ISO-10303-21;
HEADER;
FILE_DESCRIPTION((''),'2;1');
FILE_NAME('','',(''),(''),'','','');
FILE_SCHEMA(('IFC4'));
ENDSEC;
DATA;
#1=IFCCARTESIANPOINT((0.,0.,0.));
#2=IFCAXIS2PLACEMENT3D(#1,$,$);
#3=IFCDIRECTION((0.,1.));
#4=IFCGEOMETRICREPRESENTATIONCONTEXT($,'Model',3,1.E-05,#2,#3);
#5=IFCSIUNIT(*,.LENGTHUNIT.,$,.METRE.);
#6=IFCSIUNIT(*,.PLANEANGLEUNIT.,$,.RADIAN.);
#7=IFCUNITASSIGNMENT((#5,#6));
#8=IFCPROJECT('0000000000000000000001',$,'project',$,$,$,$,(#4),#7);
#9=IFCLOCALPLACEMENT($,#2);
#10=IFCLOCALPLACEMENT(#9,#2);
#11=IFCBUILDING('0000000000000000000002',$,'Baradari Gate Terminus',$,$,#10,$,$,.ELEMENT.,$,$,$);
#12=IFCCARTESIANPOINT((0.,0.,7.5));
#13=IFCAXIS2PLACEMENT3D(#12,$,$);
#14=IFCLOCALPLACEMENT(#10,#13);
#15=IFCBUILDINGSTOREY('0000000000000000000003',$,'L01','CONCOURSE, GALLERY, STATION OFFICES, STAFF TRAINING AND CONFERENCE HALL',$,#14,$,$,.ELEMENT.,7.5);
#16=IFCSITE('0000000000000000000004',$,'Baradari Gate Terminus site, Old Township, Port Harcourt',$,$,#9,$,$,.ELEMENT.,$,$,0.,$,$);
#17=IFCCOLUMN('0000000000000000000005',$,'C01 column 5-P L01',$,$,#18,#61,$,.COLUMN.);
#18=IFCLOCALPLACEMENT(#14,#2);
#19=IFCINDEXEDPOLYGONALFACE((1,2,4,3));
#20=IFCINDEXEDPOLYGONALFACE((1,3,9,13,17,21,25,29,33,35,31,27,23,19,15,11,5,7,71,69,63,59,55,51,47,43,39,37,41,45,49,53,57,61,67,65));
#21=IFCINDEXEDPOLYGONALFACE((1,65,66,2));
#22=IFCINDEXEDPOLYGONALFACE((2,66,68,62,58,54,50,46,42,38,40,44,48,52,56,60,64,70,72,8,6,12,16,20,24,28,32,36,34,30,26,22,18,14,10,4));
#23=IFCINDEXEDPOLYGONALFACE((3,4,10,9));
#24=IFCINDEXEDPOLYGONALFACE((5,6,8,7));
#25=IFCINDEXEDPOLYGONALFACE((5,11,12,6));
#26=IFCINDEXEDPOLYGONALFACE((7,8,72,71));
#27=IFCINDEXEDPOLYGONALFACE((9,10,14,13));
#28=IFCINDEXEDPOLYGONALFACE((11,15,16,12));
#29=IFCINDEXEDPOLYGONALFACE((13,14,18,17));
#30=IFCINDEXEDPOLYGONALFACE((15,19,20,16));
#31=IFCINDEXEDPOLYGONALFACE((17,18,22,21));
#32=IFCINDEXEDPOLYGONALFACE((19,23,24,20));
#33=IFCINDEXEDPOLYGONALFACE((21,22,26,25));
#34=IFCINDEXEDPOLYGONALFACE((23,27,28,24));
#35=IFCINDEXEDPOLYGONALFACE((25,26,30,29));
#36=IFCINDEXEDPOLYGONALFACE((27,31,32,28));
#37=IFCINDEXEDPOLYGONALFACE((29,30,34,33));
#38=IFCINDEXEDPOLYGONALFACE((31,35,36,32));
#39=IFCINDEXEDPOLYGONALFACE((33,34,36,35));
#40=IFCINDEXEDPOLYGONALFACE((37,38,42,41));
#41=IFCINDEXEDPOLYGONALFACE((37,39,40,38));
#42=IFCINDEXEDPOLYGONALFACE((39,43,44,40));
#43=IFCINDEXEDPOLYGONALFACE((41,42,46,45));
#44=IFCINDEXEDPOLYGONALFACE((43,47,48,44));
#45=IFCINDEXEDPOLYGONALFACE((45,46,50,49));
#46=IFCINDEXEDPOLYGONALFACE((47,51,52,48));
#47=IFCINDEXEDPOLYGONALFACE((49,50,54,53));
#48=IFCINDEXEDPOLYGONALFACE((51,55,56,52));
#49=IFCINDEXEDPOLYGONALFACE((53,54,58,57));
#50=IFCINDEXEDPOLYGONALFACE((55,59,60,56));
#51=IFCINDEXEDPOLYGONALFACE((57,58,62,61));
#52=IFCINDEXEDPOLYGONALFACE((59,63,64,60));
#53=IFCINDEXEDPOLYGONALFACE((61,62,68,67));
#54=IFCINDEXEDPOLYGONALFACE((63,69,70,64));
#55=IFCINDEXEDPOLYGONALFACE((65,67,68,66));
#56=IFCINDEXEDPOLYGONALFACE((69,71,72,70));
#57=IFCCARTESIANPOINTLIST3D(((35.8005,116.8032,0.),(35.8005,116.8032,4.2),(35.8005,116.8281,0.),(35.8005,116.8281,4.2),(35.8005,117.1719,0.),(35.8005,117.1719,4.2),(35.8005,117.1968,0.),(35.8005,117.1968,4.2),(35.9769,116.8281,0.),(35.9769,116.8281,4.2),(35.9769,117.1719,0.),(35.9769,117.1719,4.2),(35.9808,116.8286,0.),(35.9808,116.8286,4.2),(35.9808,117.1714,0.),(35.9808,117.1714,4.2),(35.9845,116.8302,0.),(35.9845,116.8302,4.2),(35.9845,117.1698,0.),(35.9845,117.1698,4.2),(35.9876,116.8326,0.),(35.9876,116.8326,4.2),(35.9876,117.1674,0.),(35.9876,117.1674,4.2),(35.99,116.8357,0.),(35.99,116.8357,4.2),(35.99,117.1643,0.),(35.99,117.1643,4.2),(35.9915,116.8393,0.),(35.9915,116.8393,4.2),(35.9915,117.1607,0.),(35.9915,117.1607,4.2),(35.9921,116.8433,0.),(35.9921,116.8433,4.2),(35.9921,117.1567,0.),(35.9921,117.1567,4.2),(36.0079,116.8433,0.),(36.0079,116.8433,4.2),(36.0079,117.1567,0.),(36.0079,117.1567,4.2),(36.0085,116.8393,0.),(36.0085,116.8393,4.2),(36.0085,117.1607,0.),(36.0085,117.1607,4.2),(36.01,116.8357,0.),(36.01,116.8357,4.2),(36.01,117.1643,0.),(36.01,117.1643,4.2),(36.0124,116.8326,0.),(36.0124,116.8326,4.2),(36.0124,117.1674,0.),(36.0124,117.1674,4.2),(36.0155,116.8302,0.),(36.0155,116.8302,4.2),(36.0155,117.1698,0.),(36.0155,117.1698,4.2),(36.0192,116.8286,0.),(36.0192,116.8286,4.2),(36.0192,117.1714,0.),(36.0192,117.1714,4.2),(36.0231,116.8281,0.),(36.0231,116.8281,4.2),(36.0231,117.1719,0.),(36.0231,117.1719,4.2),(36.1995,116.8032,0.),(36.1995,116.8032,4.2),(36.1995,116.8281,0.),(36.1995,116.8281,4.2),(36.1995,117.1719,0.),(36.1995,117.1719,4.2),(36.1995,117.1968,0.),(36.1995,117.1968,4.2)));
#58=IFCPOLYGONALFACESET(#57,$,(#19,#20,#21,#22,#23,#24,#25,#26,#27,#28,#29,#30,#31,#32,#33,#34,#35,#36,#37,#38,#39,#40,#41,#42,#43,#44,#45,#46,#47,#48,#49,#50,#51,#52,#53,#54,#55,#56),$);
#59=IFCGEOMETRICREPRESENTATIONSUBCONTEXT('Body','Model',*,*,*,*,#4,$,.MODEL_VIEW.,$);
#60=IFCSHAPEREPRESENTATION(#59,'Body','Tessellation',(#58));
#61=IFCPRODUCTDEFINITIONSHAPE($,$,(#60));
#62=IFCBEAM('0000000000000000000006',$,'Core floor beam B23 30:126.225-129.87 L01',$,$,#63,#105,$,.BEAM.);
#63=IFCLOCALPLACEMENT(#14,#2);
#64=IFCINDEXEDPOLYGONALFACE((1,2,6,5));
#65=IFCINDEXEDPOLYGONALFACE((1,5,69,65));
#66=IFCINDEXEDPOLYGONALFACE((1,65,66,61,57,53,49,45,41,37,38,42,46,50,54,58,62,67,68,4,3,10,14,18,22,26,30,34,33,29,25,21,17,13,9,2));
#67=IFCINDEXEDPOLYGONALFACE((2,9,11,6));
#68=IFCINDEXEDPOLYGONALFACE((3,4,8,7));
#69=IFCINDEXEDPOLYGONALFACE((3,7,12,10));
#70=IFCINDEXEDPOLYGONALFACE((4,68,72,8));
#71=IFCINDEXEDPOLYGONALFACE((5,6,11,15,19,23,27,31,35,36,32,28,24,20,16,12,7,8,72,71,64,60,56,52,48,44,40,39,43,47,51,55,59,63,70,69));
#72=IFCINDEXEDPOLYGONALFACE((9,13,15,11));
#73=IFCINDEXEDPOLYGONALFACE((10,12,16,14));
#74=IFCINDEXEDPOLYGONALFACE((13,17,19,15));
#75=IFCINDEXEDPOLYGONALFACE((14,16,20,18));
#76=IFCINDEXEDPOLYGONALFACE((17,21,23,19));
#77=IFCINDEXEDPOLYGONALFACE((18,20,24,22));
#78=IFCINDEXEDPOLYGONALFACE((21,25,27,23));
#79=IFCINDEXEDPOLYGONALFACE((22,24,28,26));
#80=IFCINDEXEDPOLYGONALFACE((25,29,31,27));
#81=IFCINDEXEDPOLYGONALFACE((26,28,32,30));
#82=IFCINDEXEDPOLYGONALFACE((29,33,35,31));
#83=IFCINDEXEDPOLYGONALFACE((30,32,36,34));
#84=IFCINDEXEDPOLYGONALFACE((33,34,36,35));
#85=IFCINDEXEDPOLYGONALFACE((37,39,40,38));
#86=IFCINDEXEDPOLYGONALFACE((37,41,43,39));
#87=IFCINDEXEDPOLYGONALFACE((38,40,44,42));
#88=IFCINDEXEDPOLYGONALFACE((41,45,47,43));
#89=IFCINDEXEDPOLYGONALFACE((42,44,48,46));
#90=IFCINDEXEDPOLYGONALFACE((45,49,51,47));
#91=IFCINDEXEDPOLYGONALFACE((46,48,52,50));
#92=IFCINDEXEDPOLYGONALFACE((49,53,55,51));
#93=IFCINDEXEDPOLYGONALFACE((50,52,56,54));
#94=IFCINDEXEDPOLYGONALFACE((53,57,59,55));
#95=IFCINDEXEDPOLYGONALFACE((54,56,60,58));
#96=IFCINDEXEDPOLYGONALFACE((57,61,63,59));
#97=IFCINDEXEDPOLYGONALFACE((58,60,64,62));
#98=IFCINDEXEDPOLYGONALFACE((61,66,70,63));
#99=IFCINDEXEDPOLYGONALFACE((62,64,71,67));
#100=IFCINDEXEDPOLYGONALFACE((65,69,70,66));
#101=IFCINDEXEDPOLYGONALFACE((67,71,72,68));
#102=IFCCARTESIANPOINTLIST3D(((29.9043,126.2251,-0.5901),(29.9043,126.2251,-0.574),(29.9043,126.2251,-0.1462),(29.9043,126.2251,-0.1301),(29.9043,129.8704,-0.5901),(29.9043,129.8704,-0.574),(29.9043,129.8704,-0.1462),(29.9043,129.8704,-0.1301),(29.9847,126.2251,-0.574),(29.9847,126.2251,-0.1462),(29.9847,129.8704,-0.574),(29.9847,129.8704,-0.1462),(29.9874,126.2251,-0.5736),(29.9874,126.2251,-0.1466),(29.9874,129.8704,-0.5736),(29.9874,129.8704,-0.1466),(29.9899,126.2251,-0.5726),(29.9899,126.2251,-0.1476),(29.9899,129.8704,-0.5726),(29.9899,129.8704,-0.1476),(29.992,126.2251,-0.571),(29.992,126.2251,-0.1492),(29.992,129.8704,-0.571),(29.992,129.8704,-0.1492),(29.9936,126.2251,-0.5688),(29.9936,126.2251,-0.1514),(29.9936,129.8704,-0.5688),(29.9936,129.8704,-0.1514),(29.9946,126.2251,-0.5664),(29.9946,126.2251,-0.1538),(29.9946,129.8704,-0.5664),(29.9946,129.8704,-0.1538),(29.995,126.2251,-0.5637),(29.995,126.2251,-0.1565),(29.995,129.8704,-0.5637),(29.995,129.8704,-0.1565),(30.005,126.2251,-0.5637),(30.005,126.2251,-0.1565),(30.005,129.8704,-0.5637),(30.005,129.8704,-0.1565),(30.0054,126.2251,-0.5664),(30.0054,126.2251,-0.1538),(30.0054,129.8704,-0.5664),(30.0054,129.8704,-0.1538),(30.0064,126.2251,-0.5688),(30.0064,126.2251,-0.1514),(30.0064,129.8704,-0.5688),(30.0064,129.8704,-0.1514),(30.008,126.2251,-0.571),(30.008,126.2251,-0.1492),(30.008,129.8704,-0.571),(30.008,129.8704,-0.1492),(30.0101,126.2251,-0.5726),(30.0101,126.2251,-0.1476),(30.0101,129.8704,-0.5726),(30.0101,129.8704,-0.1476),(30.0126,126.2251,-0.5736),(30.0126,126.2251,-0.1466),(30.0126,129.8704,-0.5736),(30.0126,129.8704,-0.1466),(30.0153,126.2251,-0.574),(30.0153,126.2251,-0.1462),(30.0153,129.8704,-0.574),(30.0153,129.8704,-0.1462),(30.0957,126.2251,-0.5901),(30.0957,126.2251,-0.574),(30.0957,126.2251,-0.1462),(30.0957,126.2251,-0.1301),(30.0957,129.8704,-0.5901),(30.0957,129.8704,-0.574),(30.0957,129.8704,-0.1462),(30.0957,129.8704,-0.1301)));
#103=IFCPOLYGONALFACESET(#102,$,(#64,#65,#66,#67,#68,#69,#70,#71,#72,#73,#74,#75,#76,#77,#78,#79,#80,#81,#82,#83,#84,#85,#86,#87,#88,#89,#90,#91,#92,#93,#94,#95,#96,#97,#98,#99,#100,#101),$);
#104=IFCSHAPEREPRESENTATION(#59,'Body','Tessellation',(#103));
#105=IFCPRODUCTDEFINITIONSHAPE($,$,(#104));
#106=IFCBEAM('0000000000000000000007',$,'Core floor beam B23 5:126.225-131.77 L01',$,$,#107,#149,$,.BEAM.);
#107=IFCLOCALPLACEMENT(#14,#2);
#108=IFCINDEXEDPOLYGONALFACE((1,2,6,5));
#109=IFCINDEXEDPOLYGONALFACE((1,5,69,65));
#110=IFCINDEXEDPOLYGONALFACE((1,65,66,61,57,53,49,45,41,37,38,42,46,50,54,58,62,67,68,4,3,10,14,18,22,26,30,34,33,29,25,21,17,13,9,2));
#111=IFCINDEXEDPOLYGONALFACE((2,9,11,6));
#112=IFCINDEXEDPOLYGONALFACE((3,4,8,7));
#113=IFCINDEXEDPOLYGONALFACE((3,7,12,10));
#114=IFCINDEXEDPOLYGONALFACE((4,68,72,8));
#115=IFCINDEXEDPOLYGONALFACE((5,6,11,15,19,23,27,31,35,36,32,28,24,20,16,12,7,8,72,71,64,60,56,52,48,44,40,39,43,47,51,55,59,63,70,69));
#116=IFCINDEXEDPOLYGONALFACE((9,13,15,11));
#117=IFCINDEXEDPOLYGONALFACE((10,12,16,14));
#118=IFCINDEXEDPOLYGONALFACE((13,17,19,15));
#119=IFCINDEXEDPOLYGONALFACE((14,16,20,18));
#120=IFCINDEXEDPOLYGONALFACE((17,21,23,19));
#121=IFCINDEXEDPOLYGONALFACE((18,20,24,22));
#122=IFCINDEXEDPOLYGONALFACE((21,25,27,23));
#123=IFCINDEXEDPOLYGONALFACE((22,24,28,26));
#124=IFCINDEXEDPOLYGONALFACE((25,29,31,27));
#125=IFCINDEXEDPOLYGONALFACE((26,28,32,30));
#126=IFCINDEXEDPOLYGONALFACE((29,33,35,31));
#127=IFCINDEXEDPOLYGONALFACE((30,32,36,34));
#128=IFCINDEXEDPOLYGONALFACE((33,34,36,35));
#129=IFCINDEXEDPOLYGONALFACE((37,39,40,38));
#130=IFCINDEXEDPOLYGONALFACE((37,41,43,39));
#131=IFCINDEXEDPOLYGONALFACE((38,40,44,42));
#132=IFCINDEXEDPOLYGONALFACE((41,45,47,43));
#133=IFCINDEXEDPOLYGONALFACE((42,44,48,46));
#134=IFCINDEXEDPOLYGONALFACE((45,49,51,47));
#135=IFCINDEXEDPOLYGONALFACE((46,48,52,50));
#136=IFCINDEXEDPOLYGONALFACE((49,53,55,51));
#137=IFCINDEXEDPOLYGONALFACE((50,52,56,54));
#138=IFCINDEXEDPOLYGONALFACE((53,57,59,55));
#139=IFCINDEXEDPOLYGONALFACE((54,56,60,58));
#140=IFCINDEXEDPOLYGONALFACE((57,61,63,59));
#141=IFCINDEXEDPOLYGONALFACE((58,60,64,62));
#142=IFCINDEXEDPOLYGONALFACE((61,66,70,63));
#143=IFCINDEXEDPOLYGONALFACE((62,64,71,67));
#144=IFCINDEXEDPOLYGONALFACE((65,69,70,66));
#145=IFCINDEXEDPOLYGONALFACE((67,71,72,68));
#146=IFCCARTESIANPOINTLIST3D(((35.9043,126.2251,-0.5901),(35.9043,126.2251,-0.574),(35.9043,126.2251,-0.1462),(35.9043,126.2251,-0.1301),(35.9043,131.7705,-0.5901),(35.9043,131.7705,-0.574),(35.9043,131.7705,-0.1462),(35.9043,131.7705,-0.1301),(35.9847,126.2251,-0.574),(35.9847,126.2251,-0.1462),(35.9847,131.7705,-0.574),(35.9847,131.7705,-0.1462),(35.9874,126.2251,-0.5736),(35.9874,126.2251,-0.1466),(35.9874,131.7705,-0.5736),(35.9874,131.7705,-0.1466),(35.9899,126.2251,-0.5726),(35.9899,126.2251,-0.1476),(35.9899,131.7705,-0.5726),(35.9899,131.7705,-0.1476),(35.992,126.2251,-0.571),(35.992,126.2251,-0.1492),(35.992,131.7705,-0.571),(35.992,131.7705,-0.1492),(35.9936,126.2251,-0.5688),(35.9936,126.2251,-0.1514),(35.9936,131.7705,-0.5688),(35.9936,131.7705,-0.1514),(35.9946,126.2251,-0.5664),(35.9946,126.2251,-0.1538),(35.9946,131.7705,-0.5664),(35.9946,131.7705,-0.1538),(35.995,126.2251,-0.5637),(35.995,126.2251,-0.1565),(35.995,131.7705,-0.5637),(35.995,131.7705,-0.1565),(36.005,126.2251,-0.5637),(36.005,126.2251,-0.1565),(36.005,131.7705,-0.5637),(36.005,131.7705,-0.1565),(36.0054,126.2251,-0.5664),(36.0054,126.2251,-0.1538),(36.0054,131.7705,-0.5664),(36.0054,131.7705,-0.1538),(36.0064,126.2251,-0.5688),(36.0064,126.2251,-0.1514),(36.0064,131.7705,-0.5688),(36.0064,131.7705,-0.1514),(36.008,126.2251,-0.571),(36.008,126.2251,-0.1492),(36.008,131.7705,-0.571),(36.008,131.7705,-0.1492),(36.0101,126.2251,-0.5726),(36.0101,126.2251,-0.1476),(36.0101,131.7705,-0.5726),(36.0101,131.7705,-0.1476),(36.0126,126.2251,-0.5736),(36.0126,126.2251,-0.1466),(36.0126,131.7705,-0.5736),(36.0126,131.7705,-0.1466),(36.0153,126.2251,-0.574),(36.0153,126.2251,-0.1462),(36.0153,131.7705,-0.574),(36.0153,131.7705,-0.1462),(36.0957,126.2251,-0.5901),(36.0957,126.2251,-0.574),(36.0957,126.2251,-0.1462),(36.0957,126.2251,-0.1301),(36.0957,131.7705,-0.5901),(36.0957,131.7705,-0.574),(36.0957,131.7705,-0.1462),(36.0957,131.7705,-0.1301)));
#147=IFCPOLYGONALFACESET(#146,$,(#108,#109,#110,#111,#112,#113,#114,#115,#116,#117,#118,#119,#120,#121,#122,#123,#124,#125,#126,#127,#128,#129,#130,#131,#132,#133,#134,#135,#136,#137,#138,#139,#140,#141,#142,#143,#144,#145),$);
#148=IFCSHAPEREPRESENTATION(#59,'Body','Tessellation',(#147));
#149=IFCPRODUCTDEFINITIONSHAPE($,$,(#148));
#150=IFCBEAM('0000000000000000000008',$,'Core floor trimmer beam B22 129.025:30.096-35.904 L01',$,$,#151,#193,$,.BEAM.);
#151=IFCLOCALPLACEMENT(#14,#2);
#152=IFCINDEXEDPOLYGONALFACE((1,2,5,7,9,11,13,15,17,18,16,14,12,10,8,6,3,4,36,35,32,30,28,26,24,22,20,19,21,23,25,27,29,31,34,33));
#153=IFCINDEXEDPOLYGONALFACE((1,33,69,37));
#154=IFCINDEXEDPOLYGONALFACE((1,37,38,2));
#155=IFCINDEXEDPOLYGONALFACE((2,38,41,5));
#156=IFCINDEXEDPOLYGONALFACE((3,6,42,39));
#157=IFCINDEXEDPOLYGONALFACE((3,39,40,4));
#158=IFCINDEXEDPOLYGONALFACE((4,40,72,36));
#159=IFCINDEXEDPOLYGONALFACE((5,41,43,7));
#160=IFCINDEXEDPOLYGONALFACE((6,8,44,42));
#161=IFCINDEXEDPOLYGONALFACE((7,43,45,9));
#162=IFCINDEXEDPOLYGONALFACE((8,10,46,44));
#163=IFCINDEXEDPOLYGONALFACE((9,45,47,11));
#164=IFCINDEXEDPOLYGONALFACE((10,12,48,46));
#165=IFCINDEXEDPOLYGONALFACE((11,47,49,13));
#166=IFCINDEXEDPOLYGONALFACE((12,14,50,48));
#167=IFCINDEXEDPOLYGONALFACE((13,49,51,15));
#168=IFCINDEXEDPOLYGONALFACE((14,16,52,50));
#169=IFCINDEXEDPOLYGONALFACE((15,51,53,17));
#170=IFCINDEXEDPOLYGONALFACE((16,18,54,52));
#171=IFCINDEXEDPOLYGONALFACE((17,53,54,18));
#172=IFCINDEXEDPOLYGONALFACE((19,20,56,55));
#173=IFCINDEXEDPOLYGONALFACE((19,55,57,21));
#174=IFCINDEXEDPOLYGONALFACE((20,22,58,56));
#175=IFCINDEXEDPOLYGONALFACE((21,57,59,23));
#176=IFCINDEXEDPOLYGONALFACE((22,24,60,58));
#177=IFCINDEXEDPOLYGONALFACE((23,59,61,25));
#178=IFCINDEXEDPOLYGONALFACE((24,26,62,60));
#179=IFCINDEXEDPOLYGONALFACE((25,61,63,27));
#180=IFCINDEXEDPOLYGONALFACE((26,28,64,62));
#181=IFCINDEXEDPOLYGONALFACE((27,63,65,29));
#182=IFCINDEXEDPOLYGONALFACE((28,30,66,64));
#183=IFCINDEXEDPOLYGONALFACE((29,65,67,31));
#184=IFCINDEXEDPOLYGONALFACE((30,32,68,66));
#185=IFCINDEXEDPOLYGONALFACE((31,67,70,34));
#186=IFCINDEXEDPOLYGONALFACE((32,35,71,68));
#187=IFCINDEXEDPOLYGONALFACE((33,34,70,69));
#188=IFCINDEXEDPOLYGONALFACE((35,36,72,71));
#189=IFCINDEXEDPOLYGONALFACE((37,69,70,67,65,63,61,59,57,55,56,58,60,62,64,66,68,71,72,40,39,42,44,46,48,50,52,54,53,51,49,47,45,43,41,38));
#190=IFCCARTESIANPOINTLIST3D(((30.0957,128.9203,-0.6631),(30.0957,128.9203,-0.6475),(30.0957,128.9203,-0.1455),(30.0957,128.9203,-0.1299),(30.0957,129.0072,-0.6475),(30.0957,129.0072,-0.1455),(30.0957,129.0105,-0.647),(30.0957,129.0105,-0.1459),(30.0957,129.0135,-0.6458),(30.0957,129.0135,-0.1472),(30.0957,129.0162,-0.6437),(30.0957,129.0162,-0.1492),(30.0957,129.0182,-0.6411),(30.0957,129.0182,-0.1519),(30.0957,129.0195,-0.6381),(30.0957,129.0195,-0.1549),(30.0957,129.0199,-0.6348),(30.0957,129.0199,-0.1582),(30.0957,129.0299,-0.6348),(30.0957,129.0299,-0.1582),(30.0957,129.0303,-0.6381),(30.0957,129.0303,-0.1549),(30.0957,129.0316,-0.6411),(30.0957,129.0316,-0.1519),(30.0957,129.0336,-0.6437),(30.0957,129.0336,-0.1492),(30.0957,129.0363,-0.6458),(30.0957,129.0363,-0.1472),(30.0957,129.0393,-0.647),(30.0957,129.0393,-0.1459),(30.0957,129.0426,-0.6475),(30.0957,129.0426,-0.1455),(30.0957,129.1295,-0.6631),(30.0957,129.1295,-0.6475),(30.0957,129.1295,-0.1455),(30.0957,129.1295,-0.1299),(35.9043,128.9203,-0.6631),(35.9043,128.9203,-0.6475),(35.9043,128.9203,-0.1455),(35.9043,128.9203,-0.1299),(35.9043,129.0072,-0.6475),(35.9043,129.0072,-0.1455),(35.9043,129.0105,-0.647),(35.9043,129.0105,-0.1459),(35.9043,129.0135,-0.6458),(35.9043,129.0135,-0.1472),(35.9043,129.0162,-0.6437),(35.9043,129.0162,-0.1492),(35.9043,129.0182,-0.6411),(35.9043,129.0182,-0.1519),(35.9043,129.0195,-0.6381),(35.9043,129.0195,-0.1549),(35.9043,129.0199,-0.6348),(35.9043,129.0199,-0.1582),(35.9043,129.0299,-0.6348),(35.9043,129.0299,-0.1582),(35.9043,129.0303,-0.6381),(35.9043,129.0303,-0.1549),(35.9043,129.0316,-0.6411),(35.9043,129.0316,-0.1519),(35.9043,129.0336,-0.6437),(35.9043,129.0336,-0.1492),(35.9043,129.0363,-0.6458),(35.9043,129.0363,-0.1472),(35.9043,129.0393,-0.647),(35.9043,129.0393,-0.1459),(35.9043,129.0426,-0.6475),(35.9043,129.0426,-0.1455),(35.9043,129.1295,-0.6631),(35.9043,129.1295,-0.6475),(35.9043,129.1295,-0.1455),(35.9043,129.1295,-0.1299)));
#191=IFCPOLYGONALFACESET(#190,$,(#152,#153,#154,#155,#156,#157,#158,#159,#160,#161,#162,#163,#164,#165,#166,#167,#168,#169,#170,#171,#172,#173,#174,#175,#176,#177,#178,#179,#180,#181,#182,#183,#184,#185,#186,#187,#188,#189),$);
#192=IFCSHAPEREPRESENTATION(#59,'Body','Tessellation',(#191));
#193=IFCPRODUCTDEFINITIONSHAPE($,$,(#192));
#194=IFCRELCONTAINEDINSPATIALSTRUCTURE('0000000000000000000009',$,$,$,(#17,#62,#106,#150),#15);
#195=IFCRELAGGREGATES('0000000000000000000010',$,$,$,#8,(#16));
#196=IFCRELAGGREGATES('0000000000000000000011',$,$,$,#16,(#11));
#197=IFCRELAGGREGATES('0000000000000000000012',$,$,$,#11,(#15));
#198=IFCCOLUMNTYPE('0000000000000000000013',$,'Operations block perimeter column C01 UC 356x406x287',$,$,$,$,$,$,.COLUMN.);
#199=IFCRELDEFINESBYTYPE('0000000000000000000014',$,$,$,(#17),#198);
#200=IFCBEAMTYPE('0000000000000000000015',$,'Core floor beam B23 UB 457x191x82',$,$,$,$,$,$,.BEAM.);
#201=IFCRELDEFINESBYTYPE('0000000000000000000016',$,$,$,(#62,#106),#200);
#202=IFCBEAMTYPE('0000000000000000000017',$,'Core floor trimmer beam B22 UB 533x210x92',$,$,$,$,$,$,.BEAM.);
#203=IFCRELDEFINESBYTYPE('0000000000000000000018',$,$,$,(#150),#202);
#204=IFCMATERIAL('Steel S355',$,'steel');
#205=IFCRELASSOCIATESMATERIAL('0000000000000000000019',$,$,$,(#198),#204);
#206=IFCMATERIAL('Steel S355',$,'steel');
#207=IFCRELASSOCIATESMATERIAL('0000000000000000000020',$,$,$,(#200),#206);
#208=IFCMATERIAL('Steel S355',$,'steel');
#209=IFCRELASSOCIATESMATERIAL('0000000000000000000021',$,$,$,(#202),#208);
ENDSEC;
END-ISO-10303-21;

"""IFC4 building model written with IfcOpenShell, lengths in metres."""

from ifc_helpers import new_model, si_unit, direction, frame, origin, origin_2d, place, context, subcontext, project, spatial, i_section, extrude, material, material_profile, profile_set, type_object, element, save


model = new_model("IFC4")

# Units and contexts
model_context = context("Model", 3, precision=1e-05, world=origin(), true_north=direction((0.0, 1.0)))
body_context = subcontext(model_context, "Body", "Model", "MODEL_VIEW")
ifc_project = project(units=[si_unit("LENGTHUNIT", "METRE"), si_unit("PLANEANGLEUNIT", "RADIAN")], contexts=[model_context])

# Site, building, storey
site_placement = place(None, origin())
site = spatial("IfcSite", under=ifc_project, at=site_placement, Name="Baradari Gate Terminus site, Old Township, Port Harcourt", CompositionType="ELEMENT", RefElevation=0.0)
building_placement = place(site_placement, origin())
building = spatial("IfcBuilding", under=site, at=building_placement, Name="Baradari Gate Terminus", CompositionType="ELEMENT")
storey_placement = place(building_placement, frame((0.0, 0.0, 7.5)))
storey = spatial("IfcBuildingStorey", under=building, at=storey_placement, Name="L01", Description="CONCOURSE, GALLERY, STATION OFFICES, STAFF TRAINING AND CONFERENCE HALL", CompositionType="ELEMENT", Elevation=7.5)

# Column
ifc_material_1 = material(Name="Steel S355", Category="steel")
ifc_material_profile_1 = material_profile(ifc_material_1, i_section(OverallWidth=0.3989, OverallDepth=0.3936, WebThickness=0.0159, FlangeThickness=0.0249, FilletRadius=0.0151, at=origin_2d()), Name="UC 356x406x287")
ifc_profile_set_1 = profile_set([ifc_material_profile_1], Name="Steel S355")
column_type = type_object("IfcColumnType", Name="Operations block perimeter column C01 UC 356x406x287", PredefinedType="COLUMN", material=ifc_profile_set_1)
column_placement = place(storey_placement, frame((36.0, 117.0, 0.0), z_axis=(0.0, 0.0, 1.0), x_axis=(1.0, 0.0, 0.0)))
element("IfcColumn", 1, at=column_placement, inside=storey, type_object=column_type, Name="C01 column 5-P L01", PredefinedType="COLUMN", context=body_context, shape_type="SweptSolid", body=[
    extrude(i_section(OverallWidth=0.3989, OverallDepth=0.3936, WebThickness=0.0159, FlangeThickness=0.0249, FilletRadius=0.0151, at=origin_2d()), origin(), (0.0, 0.0, 1.0), 4.2),
])

# Beams
ifc_material_2 = material(Name="Steel S355", Category="steel")
ifc_material_profile_2 = material_profile(ifc_material_2, i_section(OverallWidth=0.1914, OverallDepth=0.46, WebThickness=0.01, FlangeThickness=0.0161, FilletRadius=0.0103, at=origin_2d()), Name="UB 457x191x82")
ifc_profile_set_2 = profile_set([ifc_material_profile_2], Name="Steel S355")
beam_type_1 = type_object("IfcBeamType", Name="Core floor beam B23 UB 457x191x82", PredefinedType="BEAM", material=ifc_profile_set_2)
beam_1_placement = place(storey_placement, frame((30.0, 126.2251, -0.3601), z_axis=(0.0, 1.0, 0.0), x_axis=(-1.0, 0.0, 0.0)))
element("IfcBeam", 2, at=beam_1_placement, inside=storey, type_object=beam_type_1, Name="Core floor beam B23 30:126.225-129.87 L01", PredefinedType="BEAM", context=body_context, shape_type="SweptSolid", body=[
    extrude(i_section(OverallWidth=0.1914, OverallDepth=0.46, WebThickness=0.01, FlangeThickness=0.0161, FilletRadius=0.0103, at=origin_2d()), origin(), (0.0, 0.0, 1.0), 3.6453),
])
beam_2_placement = place(storey_placement, frame((36.0, 126.2251, -0.3601), z_axis=(0.0, 1.0, 0.0), x_axis=(-1.0, 0.0, 0.0)))
element("IfcBeam", 3, at=beam_2_placement, inside=storey, type_object=beam_type_1, Name="Core floor beam B23 5:126.225-131.77 L01", PredefinedType="BEAM", context=body_context, shape_type="SweptSolid", body=[
    extrude(i_section(OverallWidth=0.1914, OverallDepth=0.46, WebThickness=0.01, FlangeThickness=0.0161, FilletRadius=0.0103, at=origin_2d()), origin(), (0.0, 0.0, 1.0), 5.5454),
])
ifc_material_3 = material(Name="Steel S355", Category="steel")
ifc_material_profile_3 = material_profile(ifc_material_3, i_section(OverallWidth=0.2092, OverallDepth=0.5332, WebThickness=0.01, FlangeThickness=0.0156, FilletRadius=0.0127, at=origin_2d()), Name="UB 533x210x92")
ifc_profile_set_3 = profile_set([ifc_material_profile_3], Name="Steel S355")
beam_type_2 = type_object("IfcBeamType", Name="Core floor trimmer beam B22 UB 533x210x92", PredefinedType="BEAM", material=ifc_profile_set_3)
beam_3_placement = place(storey_placement, frame((30.0957, 129.0249, -0.3965), z_axis=(1.0, 0.0, 0.0), x_axis=(0.0, 1.0, 0.0)))
element("IfcBeam", 4, at=beam_3_placement, inside=storey, type_object=beam_type_2, Name="Core floor trimmer beam B22 129.025:30.096-35.904 L01", PredefinedType="BEAM", context=body_context, shape_type="SweptSolid", body=[
    extrude(i_section(OverallWidth=0.2092, OverallDepth=0.5332, WebThickness=0.01, FlangeThickness=0.0156, FilletRadius=0.0127, at=origin_2d()), origin(), (0.0, 0.0, 1.0), 5.8086),
])

save(model, "model.ifc")
